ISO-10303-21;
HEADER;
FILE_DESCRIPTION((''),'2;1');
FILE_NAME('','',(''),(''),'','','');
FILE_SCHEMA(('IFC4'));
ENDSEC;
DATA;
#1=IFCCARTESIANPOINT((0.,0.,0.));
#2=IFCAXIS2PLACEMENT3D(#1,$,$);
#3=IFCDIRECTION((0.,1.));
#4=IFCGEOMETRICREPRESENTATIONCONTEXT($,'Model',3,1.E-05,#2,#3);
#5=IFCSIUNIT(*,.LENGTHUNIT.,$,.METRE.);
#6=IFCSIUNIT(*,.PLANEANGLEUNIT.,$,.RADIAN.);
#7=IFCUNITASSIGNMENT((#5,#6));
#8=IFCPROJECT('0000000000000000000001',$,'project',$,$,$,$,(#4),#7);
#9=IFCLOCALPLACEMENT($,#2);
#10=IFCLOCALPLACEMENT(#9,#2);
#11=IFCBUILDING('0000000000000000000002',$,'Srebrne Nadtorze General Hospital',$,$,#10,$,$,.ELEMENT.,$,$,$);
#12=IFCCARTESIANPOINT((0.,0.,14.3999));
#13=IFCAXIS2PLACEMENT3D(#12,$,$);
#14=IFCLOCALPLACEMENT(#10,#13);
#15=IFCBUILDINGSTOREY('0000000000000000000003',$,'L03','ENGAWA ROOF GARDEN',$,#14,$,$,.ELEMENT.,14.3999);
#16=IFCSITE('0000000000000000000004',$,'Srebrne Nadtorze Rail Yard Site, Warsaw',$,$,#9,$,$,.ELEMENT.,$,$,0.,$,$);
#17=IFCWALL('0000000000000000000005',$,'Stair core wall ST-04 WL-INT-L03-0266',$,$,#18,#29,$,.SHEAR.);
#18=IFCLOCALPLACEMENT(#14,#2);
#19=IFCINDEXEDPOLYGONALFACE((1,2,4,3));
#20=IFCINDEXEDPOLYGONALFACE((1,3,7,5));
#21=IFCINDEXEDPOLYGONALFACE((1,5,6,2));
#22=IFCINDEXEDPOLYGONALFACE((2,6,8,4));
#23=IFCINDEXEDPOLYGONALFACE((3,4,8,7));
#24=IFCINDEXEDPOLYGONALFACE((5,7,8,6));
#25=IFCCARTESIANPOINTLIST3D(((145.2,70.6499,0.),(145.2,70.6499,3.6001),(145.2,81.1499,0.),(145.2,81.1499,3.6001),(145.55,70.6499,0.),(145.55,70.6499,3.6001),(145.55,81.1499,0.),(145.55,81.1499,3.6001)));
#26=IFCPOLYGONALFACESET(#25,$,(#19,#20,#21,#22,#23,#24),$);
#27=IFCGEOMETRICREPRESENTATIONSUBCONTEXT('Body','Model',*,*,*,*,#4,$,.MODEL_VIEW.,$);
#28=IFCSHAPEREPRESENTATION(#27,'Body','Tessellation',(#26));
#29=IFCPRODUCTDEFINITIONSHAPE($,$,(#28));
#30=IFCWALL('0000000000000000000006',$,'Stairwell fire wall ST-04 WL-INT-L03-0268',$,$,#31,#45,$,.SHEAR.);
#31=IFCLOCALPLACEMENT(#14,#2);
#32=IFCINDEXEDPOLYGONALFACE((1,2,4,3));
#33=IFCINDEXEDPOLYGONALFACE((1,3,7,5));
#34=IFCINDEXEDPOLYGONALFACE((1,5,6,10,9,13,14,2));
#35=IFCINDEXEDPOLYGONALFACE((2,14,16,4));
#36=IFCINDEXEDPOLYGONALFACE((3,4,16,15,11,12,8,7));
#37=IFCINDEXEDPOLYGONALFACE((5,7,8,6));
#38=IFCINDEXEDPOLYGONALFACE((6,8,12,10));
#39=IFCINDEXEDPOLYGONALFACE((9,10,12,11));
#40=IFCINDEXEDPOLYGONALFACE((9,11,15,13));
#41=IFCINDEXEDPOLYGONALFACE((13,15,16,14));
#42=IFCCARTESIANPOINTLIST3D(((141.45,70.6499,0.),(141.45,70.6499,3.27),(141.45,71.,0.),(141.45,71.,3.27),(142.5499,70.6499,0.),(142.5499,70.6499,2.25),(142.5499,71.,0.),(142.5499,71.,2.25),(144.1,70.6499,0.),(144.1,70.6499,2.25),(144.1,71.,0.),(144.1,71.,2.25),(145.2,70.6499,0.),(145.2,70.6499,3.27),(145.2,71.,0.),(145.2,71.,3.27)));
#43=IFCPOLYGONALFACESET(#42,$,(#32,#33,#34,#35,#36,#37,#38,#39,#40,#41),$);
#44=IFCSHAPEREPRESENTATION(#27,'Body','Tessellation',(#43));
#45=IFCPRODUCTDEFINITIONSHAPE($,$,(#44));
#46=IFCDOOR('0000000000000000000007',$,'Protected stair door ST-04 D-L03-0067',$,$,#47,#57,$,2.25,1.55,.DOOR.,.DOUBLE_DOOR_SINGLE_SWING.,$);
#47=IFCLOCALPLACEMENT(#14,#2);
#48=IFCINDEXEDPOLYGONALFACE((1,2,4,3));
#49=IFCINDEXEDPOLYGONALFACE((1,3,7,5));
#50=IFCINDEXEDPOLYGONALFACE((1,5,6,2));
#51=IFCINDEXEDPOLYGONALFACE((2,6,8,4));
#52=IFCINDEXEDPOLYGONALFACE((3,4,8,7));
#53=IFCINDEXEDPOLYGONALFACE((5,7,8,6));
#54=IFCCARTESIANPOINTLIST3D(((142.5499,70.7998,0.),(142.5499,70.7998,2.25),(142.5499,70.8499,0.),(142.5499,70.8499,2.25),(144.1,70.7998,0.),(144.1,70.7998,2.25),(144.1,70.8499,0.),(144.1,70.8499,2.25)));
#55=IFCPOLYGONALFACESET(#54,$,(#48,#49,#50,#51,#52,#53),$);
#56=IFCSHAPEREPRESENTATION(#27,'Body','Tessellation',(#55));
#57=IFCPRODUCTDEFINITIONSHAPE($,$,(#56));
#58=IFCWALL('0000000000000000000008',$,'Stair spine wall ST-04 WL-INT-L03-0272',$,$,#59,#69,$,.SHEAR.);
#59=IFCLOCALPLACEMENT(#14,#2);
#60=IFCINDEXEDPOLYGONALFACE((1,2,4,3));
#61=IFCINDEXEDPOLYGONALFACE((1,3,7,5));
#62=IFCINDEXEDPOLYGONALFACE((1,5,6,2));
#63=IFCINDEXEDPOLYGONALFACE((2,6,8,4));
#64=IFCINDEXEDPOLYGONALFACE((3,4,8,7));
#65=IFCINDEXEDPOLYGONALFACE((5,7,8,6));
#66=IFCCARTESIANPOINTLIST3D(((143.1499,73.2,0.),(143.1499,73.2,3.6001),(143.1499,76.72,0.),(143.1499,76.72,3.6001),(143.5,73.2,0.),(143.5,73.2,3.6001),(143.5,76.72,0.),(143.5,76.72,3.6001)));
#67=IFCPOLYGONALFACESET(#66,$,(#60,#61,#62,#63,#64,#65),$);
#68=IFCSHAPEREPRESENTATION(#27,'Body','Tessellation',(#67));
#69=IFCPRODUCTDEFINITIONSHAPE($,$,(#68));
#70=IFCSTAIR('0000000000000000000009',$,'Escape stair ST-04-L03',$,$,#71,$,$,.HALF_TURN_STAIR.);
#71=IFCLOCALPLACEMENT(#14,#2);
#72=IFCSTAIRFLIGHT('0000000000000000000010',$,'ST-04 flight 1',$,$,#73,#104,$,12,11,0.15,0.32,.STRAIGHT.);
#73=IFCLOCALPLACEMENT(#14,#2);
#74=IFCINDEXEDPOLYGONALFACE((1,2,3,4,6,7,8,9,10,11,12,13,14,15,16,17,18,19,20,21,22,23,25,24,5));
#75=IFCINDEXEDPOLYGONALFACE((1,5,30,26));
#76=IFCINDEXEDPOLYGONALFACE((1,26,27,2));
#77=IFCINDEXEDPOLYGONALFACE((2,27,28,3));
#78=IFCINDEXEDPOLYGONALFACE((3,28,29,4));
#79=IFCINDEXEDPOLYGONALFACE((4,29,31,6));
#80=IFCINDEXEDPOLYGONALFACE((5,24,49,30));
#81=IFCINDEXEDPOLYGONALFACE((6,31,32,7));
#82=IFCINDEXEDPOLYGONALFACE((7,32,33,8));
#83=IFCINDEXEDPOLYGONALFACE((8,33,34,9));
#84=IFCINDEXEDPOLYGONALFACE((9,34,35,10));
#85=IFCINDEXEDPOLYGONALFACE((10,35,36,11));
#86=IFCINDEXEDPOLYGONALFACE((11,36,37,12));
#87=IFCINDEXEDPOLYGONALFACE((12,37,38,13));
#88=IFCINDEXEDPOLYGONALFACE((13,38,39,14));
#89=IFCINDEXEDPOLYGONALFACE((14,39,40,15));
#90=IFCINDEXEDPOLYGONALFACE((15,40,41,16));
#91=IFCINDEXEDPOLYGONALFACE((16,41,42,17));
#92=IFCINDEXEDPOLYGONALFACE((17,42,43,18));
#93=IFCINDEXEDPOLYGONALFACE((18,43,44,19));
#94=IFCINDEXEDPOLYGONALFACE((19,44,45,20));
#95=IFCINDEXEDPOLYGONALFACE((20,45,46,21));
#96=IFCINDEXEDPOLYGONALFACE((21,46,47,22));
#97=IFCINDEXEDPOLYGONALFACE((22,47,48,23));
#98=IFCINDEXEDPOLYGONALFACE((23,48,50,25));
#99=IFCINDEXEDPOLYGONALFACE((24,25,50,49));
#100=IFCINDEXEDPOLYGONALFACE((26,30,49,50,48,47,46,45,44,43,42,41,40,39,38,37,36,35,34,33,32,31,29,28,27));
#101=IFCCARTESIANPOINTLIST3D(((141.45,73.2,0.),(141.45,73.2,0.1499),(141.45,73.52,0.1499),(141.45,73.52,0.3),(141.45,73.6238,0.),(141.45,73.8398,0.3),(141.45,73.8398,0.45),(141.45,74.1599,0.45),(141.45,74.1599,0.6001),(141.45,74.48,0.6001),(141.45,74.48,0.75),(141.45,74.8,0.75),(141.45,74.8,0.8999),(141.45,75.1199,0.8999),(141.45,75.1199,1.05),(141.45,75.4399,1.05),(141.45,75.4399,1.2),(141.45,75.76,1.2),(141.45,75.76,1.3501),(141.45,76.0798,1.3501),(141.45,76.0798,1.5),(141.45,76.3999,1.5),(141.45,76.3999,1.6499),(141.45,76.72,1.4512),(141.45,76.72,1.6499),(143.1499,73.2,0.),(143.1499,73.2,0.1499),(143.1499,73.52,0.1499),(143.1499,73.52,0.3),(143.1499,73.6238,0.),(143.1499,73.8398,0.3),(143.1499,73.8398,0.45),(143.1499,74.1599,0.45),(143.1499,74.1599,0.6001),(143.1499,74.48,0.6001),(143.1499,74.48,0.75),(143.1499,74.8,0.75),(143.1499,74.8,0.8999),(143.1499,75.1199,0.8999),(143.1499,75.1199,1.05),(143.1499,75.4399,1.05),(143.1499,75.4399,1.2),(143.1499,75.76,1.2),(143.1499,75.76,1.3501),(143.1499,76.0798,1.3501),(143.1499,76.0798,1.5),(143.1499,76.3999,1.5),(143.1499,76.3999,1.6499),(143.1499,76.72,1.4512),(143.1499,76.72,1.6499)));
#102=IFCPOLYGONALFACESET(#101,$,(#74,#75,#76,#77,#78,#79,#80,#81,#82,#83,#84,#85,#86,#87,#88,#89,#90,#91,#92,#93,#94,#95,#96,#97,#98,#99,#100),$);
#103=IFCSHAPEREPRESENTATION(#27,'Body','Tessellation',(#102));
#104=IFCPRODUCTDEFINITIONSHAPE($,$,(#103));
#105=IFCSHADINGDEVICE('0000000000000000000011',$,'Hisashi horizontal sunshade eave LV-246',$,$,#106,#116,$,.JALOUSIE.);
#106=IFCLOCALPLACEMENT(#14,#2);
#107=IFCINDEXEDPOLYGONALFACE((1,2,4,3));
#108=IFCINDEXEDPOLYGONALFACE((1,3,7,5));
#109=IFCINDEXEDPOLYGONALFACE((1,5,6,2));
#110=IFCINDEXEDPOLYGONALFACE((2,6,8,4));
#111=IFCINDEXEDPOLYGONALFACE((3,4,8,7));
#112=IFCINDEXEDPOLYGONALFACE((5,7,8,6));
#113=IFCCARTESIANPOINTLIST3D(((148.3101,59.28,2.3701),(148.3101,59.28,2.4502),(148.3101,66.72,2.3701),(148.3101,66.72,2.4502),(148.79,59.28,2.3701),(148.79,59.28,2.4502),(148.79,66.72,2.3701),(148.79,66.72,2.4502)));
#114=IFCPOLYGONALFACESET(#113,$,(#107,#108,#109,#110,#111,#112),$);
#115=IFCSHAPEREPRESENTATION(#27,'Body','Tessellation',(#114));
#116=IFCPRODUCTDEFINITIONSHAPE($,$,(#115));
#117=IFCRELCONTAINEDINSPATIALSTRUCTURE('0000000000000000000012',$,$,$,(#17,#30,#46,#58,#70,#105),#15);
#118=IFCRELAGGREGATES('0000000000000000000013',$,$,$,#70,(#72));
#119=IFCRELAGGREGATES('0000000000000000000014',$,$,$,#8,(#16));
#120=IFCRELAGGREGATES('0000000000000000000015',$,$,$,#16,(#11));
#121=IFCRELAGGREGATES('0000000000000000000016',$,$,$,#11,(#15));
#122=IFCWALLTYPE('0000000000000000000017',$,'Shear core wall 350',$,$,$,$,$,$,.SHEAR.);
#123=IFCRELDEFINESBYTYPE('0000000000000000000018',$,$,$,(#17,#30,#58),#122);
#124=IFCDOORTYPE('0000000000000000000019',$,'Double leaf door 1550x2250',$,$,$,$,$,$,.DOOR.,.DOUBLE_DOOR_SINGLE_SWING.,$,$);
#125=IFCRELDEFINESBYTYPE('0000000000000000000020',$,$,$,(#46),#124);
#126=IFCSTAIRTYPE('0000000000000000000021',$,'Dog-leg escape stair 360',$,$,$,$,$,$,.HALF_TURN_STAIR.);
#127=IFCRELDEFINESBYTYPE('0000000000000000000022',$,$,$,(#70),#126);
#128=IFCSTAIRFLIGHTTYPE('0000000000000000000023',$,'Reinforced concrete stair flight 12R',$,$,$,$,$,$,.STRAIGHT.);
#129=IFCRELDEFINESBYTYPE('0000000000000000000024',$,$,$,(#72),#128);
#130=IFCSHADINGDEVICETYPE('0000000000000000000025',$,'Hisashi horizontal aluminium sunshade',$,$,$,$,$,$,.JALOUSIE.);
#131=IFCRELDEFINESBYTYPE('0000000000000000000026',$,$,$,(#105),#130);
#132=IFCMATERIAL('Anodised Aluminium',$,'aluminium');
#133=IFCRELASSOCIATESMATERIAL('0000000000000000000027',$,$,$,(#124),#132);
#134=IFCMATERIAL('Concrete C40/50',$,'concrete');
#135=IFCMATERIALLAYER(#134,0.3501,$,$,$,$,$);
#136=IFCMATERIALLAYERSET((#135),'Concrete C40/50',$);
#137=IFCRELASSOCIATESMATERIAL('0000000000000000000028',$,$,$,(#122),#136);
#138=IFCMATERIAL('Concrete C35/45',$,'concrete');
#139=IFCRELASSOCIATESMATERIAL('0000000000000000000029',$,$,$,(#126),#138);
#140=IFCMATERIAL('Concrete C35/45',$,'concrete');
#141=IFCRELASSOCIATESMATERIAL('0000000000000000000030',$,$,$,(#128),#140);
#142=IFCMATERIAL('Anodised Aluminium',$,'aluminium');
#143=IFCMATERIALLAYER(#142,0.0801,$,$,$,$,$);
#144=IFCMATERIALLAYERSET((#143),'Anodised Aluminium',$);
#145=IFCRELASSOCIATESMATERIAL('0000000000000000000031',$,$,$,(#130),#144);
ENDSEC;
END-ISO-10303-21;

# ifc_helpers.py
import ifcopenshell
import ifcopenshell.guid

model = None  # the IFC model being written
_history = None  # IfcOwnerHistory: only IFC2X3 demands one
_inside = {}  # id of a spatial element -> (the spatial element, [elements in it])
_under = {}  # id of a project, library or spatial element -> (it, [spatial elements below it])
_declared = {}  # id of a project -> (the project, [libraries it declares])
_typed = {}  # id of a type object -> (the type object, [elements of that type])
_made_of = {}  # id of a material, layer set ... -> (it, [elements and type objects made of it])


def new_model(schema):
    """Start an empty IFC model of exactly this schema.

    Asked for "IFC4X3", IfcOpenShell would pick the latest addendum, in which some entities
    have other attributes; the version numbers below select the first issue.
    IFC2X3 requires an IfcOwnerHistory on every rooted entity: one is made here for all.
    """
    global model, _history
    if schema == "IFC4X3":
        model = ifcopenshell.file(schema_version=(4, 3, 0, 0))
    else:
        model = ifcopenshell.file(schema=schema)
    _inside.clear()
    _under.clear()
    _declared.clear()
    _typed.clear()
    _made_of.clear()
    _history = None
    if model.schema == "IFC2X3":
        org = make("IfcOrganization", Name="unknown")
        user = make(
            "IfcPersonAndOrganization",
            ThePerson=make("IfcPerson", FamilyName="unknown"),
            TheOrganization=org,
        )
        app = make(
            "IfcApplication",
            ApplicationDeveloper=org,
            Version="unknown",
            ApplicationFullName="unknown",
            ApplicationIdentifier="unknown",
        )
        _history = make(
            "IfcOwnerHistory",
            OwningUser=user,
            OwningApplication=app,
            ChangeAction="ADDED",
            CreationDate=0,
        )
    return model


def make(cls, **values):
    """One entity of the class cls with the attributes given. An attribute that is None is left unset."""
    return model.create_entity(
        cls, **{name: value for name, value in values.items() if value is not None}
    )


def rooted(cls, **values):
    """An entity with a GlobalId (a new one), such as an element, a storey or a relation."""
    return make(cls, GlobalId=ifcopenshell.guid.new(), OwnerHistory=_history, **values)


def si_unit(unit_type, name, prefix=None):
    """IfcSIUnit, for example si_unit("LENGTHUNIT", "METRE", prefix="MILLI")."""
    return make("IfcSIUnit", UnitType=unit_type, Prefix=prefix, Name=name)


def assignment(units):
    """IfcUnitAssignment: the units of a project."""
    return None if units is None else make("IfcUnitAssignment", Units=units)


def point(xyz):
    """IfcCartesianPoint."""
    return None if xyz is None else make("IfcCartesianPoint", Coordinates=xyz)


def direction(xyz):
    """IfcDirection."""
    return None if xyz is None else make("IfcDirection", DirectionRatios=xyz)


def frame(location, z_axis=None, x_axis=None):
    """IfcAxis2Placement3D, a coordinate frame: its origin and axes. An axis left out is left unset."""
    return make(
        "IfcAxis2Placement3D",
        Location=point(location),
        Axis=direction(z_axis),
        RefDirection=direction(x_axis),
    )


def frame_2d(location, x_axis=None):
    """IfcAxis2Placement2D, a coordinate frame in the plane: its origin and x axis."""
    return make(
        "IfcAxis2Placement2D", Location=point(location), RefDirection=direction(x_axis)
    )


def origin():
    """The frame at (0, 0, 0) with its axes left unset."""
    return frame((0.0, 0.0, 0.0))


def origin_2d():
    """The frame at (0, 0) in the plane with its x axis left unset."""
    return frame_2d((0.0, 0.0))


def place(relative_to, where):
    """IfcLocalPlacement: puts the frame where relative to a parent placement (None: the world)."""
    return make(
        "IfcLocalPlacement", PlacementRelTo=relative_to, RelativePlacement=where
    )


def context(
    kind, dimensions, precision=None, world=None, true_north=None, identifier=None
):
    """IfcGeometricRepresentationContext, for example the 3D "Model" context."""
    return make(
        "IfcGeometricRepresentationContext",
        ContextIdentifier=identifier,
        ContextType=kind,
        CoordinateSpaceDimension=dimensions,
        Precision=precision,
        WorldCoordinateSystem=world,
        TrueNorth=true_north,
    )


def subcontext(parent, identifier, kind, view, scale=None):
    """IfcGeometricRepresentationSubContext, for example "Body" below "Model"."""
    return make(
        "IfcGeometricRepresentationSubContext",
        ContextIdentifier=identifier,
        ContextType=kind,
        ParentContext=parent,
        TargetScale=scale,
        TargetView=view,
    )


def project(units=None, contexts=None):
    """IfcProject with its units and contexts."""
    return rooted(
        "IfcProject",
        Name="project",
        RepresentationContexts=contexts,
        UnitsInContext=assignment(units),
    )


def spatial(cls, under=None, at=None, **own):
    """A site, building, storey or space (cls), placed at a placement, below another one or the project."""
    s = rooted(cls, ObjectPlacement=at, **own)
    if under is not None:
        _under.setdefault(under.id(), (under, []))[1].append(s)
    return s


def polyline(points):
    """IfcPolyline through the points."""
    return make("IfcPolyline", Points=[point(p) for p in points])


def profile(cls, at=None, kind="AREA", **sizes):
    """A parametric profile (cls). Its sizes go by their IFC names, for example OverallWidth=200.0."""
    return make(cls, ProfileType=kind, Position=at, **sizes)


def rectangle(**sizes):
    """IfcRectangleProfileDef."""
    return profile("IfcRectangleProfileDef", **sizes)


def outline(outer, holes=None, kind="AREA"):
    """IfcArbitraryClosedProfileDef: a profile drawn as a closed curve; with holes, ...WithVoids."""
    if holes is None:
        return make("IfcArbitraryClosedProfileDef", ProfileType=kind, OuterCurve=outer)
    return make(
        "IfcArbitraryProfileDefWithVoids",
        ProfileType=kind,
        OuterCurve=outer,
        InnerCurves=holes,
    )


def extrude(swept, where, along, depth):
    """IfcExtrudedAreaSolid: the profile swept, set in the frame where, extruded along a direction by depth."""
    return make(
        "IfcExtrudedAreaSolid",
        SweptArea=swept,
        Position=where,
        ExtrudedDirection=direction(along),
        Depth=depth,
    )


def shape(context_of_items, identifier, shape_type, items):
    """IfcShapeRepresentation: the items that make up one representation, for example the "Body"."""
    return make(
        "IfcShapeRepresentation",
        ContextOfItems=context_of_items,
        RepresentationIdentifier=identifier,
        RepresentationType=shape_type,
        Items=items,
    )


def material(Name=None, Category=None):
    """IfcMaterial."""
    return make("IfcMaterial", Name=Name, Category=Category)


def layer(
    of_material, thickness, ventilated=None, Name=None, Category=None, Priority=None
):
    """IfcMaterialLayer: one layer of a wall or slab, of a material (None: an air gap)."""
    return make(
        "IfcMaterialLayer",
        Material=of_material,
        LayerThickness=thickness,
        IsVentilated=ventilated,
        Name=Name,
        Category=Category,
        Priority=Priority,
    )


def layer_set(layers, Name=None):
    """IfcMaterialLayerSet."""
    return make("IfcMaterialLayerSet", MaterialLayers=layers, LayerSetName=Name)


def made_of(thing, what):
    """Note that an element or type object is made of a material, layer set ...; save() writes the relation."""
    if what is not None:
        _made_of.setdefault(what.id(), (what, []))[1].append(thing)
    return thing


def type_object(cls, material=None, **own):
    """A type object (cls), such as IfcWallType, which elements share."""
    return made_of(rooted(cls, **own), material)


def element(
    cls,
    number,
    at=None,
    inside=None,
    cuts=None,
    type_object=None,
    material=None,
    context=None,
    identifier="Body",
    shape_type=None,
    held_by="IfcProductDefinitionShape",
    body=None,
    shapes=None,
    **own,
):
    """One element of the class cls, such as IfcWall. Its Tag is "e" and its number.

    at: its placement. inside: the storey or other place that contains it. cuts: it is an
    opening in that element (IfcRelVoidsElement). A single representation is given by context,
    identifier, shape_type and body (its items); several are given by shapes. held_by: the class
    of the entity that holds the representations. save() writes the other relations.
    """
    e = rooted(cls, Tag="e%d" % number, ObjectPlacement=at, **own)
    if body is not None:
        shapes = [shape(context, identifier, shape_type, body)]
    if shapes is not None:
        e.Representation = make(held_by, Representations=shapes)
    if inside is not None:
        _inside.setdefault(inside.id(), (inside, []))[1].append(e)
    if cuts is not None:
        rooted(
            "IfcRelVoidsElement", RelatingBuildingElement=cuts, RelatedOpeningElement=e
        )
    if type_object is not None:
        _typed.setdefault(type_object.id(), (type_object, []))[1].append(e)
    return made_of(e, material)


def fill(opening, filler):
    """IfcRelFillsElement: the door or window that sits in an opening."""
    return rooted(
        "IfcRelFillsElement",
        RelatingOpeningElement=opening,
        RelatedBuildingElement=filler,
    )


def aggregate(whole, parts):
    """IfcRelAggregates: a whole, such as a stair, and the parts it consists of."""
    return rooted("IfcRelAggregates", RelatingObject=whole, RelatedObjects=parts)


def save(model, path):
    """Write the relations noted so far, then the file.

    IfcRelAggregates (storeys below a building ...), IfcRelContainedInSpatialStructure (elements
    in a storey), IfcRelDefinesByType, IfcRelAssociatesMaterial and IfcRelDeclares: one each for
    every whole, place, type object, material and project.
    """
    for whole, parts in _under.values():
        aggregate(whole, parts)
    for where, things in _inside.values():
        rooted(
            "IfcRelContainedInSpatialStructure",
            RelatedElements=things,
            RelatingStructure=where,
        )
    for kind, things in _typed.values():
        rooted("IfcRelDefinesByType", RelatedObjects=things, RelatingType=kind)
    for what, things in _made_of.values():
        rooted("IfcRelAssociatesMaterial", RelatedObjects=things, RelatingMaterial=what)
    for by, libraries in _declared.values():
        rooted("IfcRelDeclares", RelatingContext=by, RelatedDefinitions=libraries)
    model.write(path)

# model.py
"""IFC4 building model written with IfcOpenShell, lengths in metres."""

from ifc_helpers import new_model, si_unit, direction, frame, frame_2d, origin, origin_2d, place, context, subcontext, project, spatial, polyline, rectangle, outline, extrude, material, layer, layer_set, type_object, element, fill, aggregate, save


model = new_model("IFC4")

# Units and contexts
model_context = context("Model", 3, precision=1e-05, world=origin(), true_north=direction((0.0, 1.0)))
body_context = subcontext(model_context, "Body", "Model", "MODEL_VIEW")
ifc_project = project(units=[si_unit("LENGTHUNIT", "METRE"), si_unit("PLANEANGLEUNIT", "RADIAN")], contexts=[model_context])

# Site, building, storey
site_placement = place(None, origin())
site = spatial("IfcSite", under=ifc_project, at=site_placement, Name="Srebrne Nadtorze Rail Yard Site, Warsaw", CompositionType="ELEMENT", RefElevation=0.0)
building_placement = place(site_placement, origin())
building = spatial("IfcBuilding", under=site, at=building_placement, Name="Srebrne Nadtorze General Hospital", CompositionType="ELEMENT")
storey_placement = place(building_placement, frame((0.0, 0.0, 14.3999)))
storey = spatial("IfcBuildingStorey", under=building, at=storey_placement, Name="L03", Description="ENGAWA ROOF GARDEN", CompositionType="ELEMENT", Elevation=14.3999)

# Shared definitions
ifc_material_1 = material(Name="Anodised Aluminium", Category="aluminium")
door_type = type_object("IfcDoorType", Name="Double leaf door 1550x2250", OperationType="DOUBLE_DOOR_SINGLE_SWING", PredefinedType="DOOR", material=ifc_material_1)

# Wall
ifc_material_2 = material(Name="Concrete C40/50", Category="concrete")
ifc_layer_1 = layer(ifc_material_2, 0.3501)
ifc_layer_set_1 = layer_set([ifc_layer_1], Name="Concrete C40/50")
wall_type_1 = type_object("IfcWallType", Name="Shear core wall 350", PredefinedType="SHEAR", material=ifc_layer_set_1)
for number, where, z_axis, x_axis, name in (
    (1, (145.375, 70.6499, 0.0), (0.0, 0.0, 1.0), (0.0, 1.0, 0.0), "Stair core wall ST-04 WL-INT-L03-0266"),
):
    element("IfcWall", number, at=place(storey_placement, frame(where, z_axis=z_axis, x_axis=x_axis)), inside=storey, type_object=wall_type_1, Name=name, PredefinedType="SHEAR", context=body_context, shape_type="SweptSolid", body=[
        extrude(rectangle(XDim=10.5, YDim=0.3501, at=frame_2d((5.25, 0.0))), origin(), (0.0, 0.0, 1.0), 3.6001),
    ])

# Wall, opening, door
wall_1_placement = place(storey_placement, frame((141.45, 70.825, 0.0), z_axis=(0.0, 0.0, 1.0), x_axis=(1.0, 0.0, 0.0)))
wall_1 = element("IfcWall", 2, at=wall_1_placement, inside=storey, type_object=wall_type_1, Name="Stairwell fire wall ST-04 WL-INT-L03-0268", PredefinedType="SHEAR", context=body_context, shape_type="SweptSolid", body=[
    extrude(rectangle(XDim=3.75, YDim=0.3501, at=frame_2d((1.875, 0.0))), origin(), (0.0, 0.0, 1.0), 3.27),
])
opening_1_placement = place(wall_1_placement, frame((1.1001, 0.0, 0.0)))
opening_1 = element("IfcOpeningElement", 3, at=opening_1_placement, cuts=wall_1, PredefinedType="OPENING", context=body_context, shape_type="SweptSolid", body=[
    extrude(rectangle(XDim=1.55, YDim=2.25, at=frame_2d((0.7749, 1.125))), frame((0.0, 0.187, 0.0), z_axis=(0.0, -1.0, 0.0), x_axis=(1.0, 0.0, 0.0)), (0.0, 0.0, 1.0), 0.374),
])
door_1_placement = place(opening_1_placement, origin())
door_1 = element("IfcDoor", 4, at=door_1_placement, inside=storey, type_object=door_type, Name="Protected stair door ST-04 D-L03-0067", OperationType="DOUBLE_DOOR_SINGLE_SWING", OverallHeight=2.25, OverallWidth=1.55, PredefinedType="DOOR", context=body_context, shape_type="SweptSolid", body=[
    extrude(rectangle(XDim=1.55, YDim=2.25, at=frame_2d((0.7749, 1.125))), frame((0.0, 0.0249, 0.0), z_axis=(0.0, -1.0, 0.0), x_axis=(1.0, 0.0, 0.0)), (0.0, 0.0, 1.0), 0.05),
])
fill(opening_1, door_1)

# Wall
wall_2_placement = place(storey_placement, frame((143.325, 73.2, 0.0), z_axis=(0.0, 0.0, 1.0), x_axis=(0.0, 1.0, 0.0)))
element("IfcWall", 5, at=wall_2_placement, inside=storey, type_object=wall_type_1, Name="Stair spine wall ST-04 WL-INT-L03-0272", PredefinedType="SHEAR", context=body_context, shape_type="SweptSolid", body=[
    extrude(rectangle(XDim=3.52, YDim=0.3501, at=frame_2d((1.76, 0.0))), origin(), (0.0, 0.0, 1.0), 3.6001),
])

# Stair, stair flight
ifc_material_3 = material(Name="Concrete C35/45", Category="concrete")
stair_type = type_object("IfcStairType", Name="Dog-leg escape stair 360", PredefinedType="HALF_TURN_STAIR", material=ifc_material_3)
stair_placement = place(storey_placement, origin())
stair = element("IfcStair", 6, at=stair_placement, inside=storey, type_object=stair_type, Name="Escape stair ST-04-L03", PredefinedType="HALF_TURN_STAIR")
ifc_material_4 = material(Name="Concrete C35/45", Category="concrete")
stair_flight_type = type_object("IfcStairFlightType", Name="Reinforced concrete stair flight 12R", PredefinedType="STRAIGHT", material=ifc_material_4)
stair_flight_placement = place(storey_placement, frame((142.3, 73.2, 0.0), z_axis=(0.0, 0.0, 1.0), x_axis=(0.0, 1.0, 0.0)))
stair_flight = element("IfcStairFlight", 7, at=stair_flight_placement, type_object=stair_flight_type, Name="ST-04 flight 1", NumberOfRisers=12, NumberOfTreads=11, PredefinedType="STRAIGHT", RiserHeight=0.15, TreadLength=0.32, context=body_context, shape_type="SweptSolid", body=[
    extrude(outline(polyline([(0.0, 0.0), (0.0, 0.1499), (0.3201, 0.1499), (0.3201, 0.3), (0.6399, 0.3), (0.6399, 0.45), (0.96, 0.45), (0.96, 0.6001), (1.28, 0.6001), (1.28, 0.75), (1.6001, 0.75), (1.6001, 0.8999), (1.9199, 0.8999), (1.9199, 1.05), (2.24, 1.05), (2.24, 1.2), (2.5601, 1.2), (2.5601, 1.3501), (2.8799, 1.3501), (2.8799, 1.5), (3.2, 1.5), (3.2, 1.6499), (3.52, 1.6499), (3.52, 1.8), (3.52, 1.4512), (0.4238, 0.0), (0.0, 0.0)])), frame((0.0, 0.8501, 0.0), z_axis=(0.0, -1.0, 0.0), x_axis=(1.0, 0.0, 0.0)), (0.0, 0.0, 1.0), 1.7),
])
aggregate(stair, [stair_flight])

# Shading device
ifc_material_5 = material(Name="Anodised Aluminium", Category="aluminium")
ifc_layer_2 = layer(ifc_material_5, 0.0801)
ifc_layer_set_2 = layer_set([ifc_layer_2], Name="Anodised Aluminium")
shading_device_type = type_object("IfcShadingDeviceType", Name="Hisashi horizontal aluminium sunshade", PredefinedType="JALOUSIE", material=ifc_layer_set_2)
shading_device_placement = place(storey_placement, frame((148.55, 63.0, 2.3701), z_axis=(0.0, 0.0, 1.0), x_axis=(1.0, 0.0, 0.0)))
element("IfcShadingDevice", 8, at=shading_device_placement, inside=storey, type_object=shading_device_type, Name="Hisashi horizontal sunshade eave LV-246", PredefinedType="JALOUSIE", context=body_context, shape_type="SweptSolid", body=[
    extrude(rectangle(XDim=0.48, YDim=7.4399, at=origin_2d()), origin(), (0.0, 0.0, 1.0), 0.0801),
])

save(model, "model.ifc")
